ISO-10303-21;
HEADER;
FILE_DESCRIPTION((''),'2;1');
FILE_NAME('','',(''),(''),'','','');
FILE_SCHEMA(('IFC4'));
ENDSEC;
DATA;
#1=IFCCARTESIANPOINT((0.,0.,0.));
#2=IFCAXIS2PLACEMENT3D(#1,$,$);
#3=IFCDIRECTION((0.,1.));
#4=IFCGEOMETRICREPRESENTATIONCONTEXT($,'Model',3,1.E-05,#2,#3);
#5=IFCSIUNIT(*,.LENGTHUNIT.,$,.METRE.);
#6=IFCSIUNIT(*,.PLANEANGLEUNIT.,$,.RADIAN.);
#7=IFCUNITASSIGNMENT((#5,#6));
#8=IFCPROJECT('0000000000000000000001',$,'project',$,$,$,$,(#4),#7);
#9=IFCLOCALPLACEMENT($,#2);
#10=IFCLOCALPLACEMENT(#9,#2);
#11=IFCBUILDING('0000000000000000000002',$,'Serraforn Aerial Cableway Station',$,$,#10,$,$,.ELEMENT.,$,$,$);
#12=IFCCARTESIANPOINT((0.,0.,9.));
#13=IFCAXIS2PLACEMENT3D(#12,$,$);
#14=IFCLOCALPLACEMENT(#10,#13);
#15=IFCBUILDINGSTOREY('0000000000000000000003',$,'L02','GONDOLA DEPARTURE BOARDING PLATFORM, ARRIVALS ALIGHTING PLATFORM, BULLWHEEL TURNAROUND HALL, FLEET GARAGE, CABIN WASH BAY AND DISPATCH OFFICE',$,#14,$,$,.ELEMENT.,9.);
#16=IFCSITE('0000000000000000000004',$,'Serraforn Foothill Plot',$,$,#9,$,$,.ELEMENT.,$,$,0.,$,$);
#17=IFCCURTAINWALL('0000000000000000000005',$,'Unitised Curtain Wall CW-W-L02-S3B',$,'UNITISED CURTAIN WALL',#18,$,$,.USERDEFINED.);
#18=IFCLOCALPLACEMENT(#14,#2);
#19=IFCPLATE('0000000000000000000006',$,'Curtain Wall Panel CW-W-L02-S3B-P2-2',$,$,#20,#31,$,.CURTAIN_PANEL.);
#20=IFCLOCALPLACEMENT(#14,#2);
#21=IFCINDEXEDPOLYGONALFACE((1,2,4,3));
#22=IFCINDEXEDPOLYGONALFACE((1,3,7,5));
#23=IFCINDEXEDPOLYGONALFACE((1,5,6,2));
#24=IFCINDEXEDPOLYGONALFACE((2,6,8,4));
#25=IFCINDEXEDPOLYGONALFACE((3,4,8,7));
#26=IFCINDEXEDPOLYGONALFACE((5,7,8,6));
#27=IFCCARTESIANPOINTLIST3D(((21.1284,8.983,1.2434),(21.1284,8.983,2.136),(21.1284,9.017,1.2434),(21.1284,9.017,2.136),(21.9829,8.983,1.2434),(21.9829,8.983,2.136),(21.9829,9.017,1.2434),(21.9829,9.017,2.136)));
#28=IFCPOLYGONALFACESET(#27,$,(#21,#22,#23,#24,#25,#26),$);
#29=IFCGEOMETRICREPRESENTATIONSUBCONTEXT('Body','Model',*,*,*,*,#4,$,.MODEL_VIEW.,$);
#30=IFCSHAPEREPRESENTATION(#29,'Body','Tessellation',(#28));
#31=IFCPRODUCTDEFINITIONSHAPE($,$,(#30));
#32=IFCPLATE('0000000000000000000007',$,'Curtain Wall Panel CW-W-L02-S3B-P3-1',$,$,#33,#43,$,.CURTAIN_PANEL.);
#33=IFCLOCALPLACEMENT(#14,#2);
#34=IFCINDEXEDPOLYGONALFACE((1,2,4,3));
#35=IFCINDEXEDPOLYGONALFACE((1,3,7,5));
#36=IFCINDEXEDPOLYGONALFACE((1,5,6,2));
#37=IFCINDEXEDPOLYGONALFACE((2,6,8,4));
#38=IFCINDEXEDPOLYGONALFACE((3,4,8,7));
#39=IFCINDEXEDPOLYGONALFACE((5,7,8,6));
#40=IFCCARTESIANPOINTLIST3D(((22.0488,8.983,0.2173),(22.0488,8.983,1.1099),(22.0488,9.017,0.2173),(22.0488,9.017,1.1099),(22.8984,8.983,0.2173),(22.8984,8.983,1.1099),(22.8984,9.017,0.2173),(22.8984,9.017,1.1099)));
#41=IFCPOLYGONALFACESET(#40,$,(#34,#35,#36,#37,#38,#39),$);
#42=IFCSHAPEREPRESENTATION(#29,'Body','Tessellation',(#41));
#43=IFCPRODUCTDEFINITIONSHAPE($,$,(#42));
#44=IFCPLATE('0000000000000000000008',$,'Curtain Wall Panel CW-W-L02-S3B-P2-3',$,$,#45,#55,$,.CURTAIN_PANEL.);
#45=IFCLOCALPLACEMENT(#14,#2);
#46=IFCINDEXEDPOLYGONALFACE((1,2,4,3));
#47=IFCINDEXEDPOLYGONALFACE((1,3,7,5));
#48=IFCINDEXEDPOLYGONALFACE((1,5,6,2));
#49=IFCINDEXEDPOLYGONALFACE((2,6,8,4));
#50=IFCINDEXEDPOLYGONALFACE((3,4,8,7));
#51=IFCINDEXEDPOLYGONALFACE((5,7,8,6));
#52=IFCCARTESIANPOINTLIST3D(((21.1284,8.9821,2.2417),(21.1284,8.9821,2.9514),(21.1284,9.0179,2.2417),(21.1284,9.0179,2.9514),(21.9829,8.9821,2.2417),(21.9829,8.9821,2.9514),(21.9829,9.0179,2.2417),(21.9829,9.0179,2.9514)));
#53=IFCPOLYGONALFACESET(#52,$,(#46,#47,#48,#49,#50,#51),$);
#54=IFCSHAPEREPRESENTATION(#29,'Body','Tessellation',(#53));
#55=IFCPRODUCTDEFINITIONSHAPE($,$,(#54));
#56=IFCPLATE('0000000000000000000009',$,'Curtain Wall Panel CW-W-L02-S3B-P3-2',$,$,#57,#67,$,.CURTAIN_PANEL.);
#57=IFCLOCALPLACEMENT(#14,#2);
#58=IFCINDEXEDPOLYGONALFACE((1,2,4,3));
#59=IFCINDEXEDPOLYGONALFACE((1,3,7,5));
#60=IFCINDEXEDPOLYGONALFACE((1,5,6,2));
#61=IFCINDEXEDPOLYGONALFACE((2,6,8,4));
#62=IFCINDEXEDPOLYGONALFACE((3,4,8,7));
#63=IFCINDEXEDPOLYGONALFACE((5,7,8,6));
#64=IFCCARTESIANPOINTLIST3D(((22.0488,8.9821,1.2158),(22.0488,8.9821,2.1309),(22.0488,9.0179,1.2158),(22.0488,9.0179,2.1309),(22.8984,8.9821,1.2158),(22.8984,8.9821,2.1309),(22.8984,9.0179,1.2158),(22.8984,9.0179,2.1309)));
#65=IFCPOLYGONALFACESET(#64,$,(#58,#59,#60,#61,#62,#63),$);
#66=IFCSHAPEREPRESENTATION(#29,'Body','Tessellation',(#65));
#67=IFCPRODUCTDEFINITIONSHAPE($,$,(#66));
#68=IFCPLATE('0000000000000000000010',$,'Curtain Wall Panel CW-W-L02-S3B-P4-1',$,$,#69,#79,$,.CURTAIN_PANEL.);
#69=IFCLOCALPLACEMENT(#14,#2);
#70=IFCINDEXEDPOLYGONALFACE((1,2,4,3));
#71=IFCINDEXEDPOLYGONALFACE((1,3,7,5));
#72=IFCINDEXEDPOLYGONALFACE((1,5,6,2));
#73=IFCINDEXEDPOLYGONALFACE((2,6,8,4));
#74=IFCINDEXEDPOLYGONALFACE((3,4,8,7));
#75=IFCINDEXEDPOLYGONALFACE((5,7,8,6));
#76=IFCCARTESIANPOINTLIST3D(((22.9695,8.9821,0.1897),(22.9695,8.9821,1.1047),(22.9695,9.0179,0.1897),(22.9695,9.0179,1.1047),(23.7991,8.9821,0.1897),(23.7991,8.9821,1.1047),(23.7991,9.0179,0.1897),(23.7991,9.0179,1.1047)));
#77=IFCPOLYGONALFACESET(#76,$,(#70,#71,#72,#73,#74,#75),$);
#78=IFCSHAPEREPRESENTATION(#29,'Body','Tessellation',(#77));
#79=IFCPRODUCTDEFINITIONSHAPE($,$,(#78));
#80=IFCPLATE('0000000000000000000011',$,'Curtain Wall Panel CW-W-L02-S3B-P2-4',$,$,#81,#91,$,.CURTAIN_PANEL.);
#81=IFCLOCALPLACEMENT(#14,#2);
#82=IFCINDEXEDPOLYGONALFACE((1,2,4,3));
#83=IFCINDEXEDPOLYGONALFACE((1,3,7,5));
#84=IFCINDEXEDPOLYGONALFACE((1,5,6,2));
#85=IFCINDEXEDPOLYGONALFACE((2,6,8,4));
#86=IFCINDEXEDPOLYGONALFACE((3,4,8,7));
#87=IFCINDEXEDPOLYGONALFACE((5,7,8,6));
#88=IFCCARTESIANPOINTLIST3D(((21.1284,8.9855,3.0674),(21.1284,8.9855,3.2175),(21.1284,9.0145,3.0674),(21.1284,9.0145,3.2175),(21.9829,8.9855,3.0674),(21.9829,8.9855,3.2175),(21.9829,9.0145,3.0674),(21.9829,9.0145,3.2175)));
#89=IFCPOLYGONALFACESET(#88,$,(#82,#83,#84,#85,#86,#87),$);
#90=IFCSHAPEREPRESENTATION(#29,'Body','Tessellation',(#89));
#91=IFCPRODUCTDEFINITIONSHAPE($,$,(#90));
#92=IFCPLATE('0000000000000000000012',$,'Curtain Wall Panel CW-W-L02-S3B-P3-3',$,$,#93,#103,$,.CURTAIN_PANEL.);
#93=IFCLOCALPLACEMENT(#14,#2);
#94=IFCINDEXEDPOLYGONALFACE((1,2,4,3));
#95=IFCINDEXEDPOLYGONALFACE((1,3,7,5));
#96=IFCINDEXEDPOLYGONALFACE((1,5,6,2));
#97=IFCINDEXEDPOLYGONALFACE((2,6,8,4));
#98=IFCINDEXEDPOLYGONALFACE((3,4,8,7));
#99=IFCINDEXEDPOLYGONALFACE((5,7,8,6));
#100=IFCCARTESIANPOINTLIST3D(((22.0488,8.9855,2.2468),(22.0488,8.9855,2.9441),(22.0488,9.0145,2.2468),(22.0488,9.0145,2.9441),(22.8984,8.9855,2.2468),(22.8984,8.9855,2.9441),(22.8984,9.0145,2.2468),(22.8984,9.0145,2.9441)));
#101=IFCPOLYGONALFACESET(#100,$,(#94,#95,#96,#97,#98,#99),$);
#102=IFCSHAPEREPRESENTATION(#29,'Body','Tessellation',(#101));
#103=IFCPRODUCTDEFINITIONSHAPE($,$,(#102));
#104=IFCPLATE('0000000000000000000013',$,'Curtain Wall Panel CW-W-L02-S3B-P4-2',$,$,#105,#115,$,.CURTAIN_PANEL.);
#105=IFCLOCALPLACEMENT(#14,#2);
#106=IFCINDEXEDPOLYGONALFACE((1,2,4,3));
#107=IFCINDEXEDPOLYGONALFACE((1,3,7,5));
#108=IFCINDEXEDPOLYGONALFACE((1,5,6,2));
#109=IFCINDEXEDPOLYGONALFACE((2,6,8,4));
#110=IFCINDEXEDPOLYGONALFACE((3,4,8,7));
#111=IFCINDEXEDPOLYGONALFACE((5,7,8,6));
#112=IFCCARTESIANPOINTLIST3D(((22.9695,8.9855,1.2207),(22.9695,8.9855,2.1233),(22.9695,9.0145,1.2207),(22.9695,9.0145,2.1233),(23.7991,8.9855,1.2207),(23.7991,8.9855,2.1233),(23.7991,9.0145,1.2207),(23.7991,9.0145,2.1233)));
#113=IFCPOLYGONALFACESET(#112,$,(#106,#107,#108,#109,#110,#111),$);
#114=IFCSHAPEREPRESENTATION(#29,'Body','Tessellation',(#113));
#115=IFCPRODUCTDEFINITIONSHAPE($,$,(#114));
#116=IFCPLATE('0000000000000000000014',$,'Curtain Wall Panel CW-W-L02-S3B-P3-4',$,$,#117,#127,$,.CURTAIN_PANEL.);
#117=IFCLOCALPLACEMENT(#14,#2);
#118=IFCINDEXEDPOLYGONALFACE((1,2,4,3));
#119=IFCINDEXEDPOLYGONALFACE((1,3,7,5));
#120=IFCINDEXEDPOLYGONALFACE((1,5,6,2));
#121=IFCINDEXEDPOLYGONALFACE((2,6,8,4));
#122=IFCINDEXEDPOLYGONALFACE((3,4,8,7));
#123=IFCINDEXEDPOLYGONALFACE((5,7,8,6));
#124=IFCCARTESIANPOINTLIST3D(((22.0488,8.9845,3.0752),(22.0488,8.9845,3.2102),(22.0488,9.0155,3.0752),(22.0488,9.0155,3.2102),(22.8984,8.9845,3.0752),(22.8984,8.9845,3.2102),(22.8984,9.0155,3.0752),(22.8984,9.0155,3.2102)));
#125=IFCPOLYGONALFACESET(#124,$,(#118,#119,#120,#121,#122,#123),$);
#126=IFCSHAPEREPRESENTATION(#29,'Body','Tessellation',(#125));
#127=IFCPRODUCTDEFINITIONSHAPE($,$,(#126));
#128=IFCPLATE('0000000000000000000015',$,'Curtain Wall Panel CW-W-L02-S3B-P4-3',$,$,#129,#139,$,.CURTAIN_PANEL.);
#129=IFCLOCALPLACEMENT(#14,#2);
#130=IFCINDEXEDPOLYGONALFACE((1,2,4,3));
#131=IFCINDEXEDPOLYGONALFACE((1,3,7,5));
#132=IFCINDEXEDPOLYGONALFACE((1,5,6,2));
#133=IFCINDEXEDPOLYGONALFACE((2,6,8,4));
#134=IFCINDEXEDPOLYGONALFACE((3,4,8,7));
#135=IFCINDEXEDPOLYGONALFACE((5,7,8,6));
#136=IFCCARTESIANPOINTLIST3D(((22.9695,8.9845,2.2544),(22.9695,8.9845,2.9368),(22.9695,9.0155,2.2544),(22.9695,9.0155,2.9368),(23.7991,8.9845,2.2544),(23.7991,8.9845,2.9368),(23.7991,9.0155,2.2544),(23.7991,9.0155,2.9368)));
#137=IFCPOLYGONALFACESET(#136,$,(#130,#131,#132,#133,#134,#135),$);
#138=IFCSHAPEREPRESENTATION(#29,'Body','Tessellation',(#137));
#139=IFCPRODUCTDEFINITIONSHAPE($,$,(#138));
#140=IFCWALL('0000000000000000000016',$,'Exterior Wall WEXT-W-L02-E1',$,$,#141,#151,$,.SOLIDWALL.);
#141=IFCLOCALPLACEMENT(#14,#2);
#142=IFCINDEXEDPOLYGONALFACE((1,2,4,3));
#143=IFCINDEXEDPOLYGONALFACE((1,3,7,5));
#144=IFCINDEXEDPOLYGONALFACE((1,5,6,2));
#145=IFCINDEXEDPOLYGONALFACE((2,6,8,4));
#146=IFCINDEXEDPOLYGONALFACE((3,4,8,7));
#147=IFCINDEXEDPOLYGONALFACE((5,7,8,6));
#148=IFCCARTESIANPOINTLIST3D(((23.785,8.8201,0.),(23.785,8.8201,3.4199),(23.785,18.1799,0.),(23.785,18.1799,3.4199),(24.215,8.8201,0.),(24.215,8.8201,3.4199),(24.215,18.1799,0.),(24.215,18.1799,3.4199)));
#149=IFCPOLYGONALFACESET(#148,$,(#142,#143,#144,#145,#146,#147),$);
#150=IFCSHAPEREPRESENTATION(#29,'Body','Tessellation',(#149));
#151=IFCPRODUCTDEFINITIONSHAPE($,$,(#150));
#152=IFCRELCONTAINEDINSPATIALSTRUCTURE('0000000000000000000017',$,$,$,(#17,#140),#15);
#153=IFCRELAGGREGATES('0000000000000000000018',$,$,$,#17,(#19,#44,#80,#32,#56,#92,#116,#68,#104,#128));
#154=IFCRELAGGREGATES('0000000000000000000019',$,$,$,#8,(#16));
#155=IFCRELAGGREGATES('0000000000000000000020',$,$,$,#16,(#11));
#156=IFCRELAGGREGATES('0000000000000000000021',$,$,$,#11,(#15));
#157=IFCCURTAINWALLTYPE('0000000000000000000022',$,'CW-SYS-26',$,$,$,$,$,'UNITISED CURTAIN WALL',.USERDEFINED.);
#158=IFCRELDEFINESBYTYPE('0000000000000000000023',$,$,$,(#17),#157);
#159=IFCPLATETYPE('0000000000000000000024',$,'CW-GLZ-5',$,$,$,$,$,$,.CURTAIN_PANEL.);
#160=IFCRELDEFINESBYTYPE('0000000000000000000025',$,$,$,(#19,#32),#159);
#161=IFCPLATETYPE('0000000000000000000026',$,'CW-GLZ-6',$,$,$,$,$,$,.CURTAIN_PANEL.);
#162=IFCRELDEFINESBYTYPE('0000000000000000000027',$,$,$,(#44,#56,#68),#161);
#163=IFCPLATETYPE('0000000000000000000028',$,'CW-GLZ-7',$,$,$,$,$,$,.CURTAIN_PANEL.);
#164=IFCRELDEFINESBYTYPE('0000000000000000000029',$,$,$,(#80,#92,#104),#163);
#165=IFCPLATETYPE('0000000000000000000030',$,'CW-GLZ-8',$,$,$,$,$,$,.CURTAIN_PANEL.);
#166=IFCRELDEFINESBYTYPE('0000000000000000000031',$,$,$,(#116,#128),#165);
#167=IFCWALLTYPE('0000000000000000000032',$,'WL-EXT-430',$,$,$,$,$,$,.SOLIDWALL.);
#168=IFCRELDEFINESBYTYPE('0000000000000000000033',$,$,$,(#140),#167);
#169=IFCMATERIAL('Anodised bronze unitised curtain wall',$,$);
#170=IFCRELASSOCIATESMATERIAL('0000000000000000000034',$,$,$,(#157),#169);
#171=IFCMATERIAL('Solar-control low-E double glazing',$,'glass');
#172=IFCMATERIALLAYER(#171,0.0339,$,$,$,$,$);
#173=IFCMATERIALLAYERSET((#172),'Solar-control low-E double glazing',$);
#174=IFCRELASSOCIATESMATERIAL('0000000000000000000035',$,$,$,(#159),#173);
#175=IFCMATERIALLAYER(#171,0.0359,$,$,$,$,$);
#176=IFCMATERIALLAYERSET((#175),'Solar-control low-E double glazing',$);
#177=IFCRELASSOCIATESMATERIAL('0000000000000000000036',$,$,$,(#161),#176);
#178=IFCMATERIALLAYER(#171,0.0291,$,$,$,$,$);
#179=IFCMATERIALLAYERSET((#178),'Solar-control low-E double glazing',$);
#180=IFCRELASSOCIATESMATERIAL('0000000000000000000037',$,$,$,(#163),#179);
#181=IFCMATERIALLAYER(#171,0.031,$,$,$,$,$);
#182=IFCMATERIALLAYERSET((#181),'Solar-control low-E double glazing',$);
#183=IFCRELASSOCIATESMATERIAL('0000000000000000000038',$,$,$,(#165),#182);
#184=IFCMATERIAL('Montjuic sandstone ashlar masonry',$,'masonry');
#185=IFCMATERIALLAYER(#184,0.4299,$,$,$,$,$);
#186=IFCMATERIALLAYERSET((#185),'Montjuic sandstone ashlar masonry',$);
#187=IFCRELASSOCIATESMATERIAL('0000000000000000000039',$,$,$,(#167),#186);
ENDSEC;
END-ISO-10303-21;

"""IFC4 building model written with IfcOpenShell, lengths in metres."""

from ifc_helpers import new_model, si_unit, direction, frame, frame_2d, origin, origin_2d, place, context, subcontext, project, spatial, rectangle, extrude, material, layer, layer_set, type_object, element, aggregate, save


model = new_model("IFC4")

# Units and contexts
model_context = context("Model", 3, precision=1e-05, world=origin(), true_north=direction((0.0, 1.0)))
body_context = subcontext(model_context, "Body", "Model", "MODEL_VIEW")
ifc_project = project(units=[si_unit("LENGTHUNIT", "METRE"), si_unit("PLANEANGLEUNIT", "RADIAN")], contexts=[model_context])

# Site, building, storey
site_placement = place(None, origin())
site = spatial("IfcSite", under=ifc_project, at=site_placement, Name="Serraforn Foothill Plot", CompositionType="ELEMENT", RefElevation=0.0)
building_placement = place(site_placement, origin())
building = spatial("IfcBuilding", under=site, at=building_placement, Name="Serraforn Aerial Cableway Station", CompositionType="ELEMENT")
storey_placement = place(building_placement, frame((0.0, 0.0, 9.0)))
storey = spatial("IfcBuildingStorey", under=building, at=storey_placement, Name="L02", Description="GONDOLA DEPARTURE BOARDING PLATFORM, ARRIVALS ALIGHTING PLATFORM, BULLWHEEL TURNAROUND HALL, FLEET GARAGE, CABIN WASH BAY AND DISPATCH OFFICE", CompositionType="ELEMENT", Elevation=9.0)

# Curtain wall, plates
ifc_material_1 = material(Name="Anodised bronze unitised curtain wall")
curtain_wall_type = type_object("IfcCurtainWallType", Name="CW-SYS-26", ElementType="UNITISED CURTAIN WALL", PredefinedType="USERDEFINED", material=ifc_material_1)
curtain_wall_placement = place(storey_placement, origin())
curtain_wall = element("IfcCurtainWall", 1, at=curtain_wall_placement, inside=storey, type_object=curtain_wall_type, Name="Unitised Curtain Wall CW-W-L02-S3B", ObjectType="UNITISED CURTAIN WALL", PredefinedType="USERDEFINED")
ifc_material_2 = material(Name="Solar-control low-E double glazing", Category="glass")
ifc_layer_1 = layer(ifc_material_2, 0.0339)
ifc_layer_set_1 = layer_set([ifc_layer_1], Name="Solar-control low-E double glazing")
plate_type_1 = type_object("IfcPlateType", Name="CW-GLZ-5", PredefinedType="CURTAIN_PANEL", material=ifc_layer_set_1)
plate_1_placement = place(storey_placement, frame((21.5557, 9.0, 1.2434), z_axis=(0.0, 0.0, 1.0), x_axis=(1.0, 0.0, 0.0)))
plate_1 = element("IfcPlate", 2, at=plate_1_placement, type_object=plate_type_1, Name="Curtain Wall Panel CW-W-L02-S3B-P2-2", PredefinedType="CURTAIN_PANEL", context=body_context, shape_type="SweptSolid", body=[
    extrude(rectangle(XDim=0.8545, YDim=0.0339, at=origin_2d()), origin(), (0.0, 0.0, 1.0), 0.8926),
])
plate_2_placement = place(storey_placement, frame((22.4736, 9.0, 0.2173), z_axis=(0.0, 0.0, 1.0), x_axis=(1.0, 0.0, 0.0)))
plate_2 = element("IfcPlate", 3, at=plate_2_placement, type_object=plate_type_1, Name="Curtain Wall Panel CW-W-L02-S3B-P3-1", PredefinedType="CURTAIN_PANEL", context=body_context, shape_type="SweptSolid", body=[
    extrude(rectangle(XDim=0.8496, YDim=0.0339, at=origin_2d()), origin(), (0.0, 0.0, 1.0), 0.8926),
])
ifc_layer_2 = layer(ifc_material_2, 0.0359)
ifc_layer_set_2 = layer_set([ifc_layer_2], Name="Solar-control low-E double glazing")
plate_type_2 = type_object("IfcPlateType", Name="CW-GLZ-6", PredefinedType="CURTAIN_PANEL", material=ifc_layer_set_2)
plate_3_placement = place(storey_placement, frame((21.5557, 9.0, 2.2417), z_axis=(0.0, 0.0, 1.0), x_axis=(1.0, 0.0, 0.0)))
plate_3 = element("IfcPlate", 4, at=plate_3_placement, type_object=plate_type_2, Name="Curtain Wall Panel CW-W-L02-S3B-P2-3", PredefinedType="CURTAIN_PANEL", context=body_context, shape_type="SweptSolid", body=[
    extrude(rectangle(XDim=0.8545, YDim=0.0359, at=origin_2d()), origin(), (0.0, 0.0, 1.0), 0.7097),
])
plate_4_placement = place(storey_placement, frame((22.4736, 9.0, 1.2158), z_axis=(0.0, 0.0, 1.0), x_axis=(1.0, 0.0, 0.0)))
plate_4 = element("IfcPlate", 5, at=plate_4_placement, type_object=plate_type_2, Name="Curtain Wall Panel CW-W-L02-S3B-P3-2", PredefinedType="CURTAIN_PANEL", context=body_context, shape_type="SweptSolid", body=[
    extrude(rectangle(XDim=0.8496, YDim=0.0359, at=origin_2d()), origin(), (0.0, 0.0, 1.0), 0.915),
])
plate_5_placement = place(storey_placement, frame((23.3843, 9.0, 0.1897), z_axis=(0.0, 0.0, 1.0), x_axis=(1.0, 0.0, 0.0)))
plate_5 = element("IfcPlate", 6, at=plate_5_placement, type_object=plate_type_2, Name="Curtain Wall Panel CW-W-L02-S3B-P4-1", PredefinedType="CURTAIN_PANEL", context=body_context, shape_type="SweptSolid", body=[
    extrude(rectangle(XDim=0.8296, YDim=0.0359, at=origin_2d()), origin(), (0.0, 0.0, 1.0), 0.915),
])
ifc_layer_3 = layer(ifc_material_2, 0.0291)
ifc_layer_set_3 = layer_set([ifc_layer_3], Name="Solar-control low-E double glazing")
plate_type_3 = type_object("IfcPlateType", Name="CW-GLZ-7", PredefinedType="CURTAIN_PANEL", material=ifc_layer_set_3)
plate_6_placement = place(storey_placement, frame((21.5557, 9.0, 3.0674), z_axis=(0.0, 0.0, 1.0), x_axis=(1.0, 0.0, 0.0)))
plate_6 = element("IfcPlate", 7, at=plate_6_placement, type_object=plate_type_3, Name="Curtain Wall Panel CW-W-L02-S3B-P2-4", PredefinedType="CURTAIN_PANEL", context=body_context, shape_type="SweptSolid", body=[
    extrude(rectangle(XDim=0.8545, YDim=0.0291, at=origin_2d()), origin(), (0.0, 0.0, 1.0), 0.1501),
])
plate_7_placement = place(storey_placement, frame((22.4736, 9.0, 2.2468), z_axis=(0.0, 0.0, 1.0), x_axis=(1.0, 0.0, 0.0)))
plate_7 = element("IfcPlate", 8, at=plate_7_placement, type_object=plate_type_3, Name="Curtain Wall Panel CW-W-L02-S3B-P3-3", PredefinedType="CURTAIN_PANEL", context=body_context, shape_type="SweptSolid", body=[
    extrude(rectangle(XDim=0.8496, YDim=0.0291, at=origin_2d()), origin(), (0.0, 0.0, 1.0), 0.6973),
])
plate_8_placement = place(storey_placement, frame((23.3843, 9.0, 1.2207), z_axis=(0.0, 0.0, 1.0), x_axis=(1.0, 0.0, 0.0)))
plate_8 = element("IfcPlate", 9, at=plate_8_placement, type_object=plate_type_3, Name="Curtain Wall Panel CW-W-L02-S3B-P4-2", PredefinedType="CURTAIN_PANEL", context=body_context, shape_type="SweptSolid", body=[
    extrude(rectangle(XDim=0.8296, YDim=0.0291, at=origin_2d()), origin(), (0.0, 0.0, 1.0), 0.9026),
])
ifc_layer_4 = layer(ifc_material_2, 0.031)
ifc_layer_set_4 = layer_set([ifc_layer_4], Name="Solar-control low-E double glazing")
plate_type_4 = type_object("IfcPlateType", Name="CW-GLZ-8", PredefinedType="CURTAIN_PANEL", material=ifc_layer_set_4)
plate_9_placement = place(storey_placement, frame((22.4736, 9.0, 3.0752), z_axis=(0.0, 0.0, 1.0), x_axis=(1.0, 0.0, 0.0)))
plate_9 = element("IfcPlate", 10, at=plate_9_placement, type_object=plate_type_4, Name="Curtain Wall Panel CW-W-L02-S3B-P3-4", PredefinedType="CURTAIN_PANEL", context=body_context, shape_type="SweptSolid", body=[
    extrude(rectangle(XDim=0.8496, YDim=0.031, at=origin_2d()), origin(), (0.0, 0.0, 1.0), 0.135),
])
plate_10_placement = place(storey_placement, frame((23.3843, 9.0, 2.2544), z_axis=(0.0, 0.0, 1.0), x_axis=(1.0, 0.0, 0.0)))
plate_10 = element("IfcPlate", 11, at=plate_10_placement, type_object=plate_type_4, Name="Curtain Wall Panel CW-W-L02-S3B-P4-3", PredefinedType="CURTAIN_PANEL", context=body_context, shape_type="SweptSolid", body=[
    extrude(rectangle(XDim=0.8296, YDim=0.031, at=origin_2d()), origin(), (0.0, 0.0, 1.0), 0.6824),
])
aggregate(curtain_wall, [plate_1, plate_3, plate_6, plate_2, plate_4, plate_7, plate_9, plate_5, plate_8, plate_10])

# Wall
ifc_material_3 = material(Name="Montjuic sandstone ashlar masonry", Category="masonry")
ifc_layer_5 = layer(ifc_material_3, 0.4299)
ifc_layer_set_5 = layer_set([ifc_layer_5], Name="Montjuic sandstone ashlar masonry")
wall_type = type_object("IfcWallType", Name="WL-EXT-430", PredefinedType="SOLIDWALL", material=ifc_layer_set_5)
wall_placement = place(storey_placement, frame((24.0, 8.8201, 0.0), z_axis=(0.0, 0.0, 1.0), x_axis=(0.0, 1.0, 0.0)))
element("IfcWall", 12, at=wall_placement, inside=storey, type_object=wall_type, Name="Exterior Wall WEXT-W-L02-E1", PredefinedType="SOLIDWALL", context=body_context, shape_type="SweptSolid", body=[
    extrude(rectangle(XDim=9.3599, YDim=0.4299, at=frame_2d((4.6799, 0.0))), origin(), (0.0, 0.0, 1.0), 3.4199),
])

save(model, "model.ifc")
